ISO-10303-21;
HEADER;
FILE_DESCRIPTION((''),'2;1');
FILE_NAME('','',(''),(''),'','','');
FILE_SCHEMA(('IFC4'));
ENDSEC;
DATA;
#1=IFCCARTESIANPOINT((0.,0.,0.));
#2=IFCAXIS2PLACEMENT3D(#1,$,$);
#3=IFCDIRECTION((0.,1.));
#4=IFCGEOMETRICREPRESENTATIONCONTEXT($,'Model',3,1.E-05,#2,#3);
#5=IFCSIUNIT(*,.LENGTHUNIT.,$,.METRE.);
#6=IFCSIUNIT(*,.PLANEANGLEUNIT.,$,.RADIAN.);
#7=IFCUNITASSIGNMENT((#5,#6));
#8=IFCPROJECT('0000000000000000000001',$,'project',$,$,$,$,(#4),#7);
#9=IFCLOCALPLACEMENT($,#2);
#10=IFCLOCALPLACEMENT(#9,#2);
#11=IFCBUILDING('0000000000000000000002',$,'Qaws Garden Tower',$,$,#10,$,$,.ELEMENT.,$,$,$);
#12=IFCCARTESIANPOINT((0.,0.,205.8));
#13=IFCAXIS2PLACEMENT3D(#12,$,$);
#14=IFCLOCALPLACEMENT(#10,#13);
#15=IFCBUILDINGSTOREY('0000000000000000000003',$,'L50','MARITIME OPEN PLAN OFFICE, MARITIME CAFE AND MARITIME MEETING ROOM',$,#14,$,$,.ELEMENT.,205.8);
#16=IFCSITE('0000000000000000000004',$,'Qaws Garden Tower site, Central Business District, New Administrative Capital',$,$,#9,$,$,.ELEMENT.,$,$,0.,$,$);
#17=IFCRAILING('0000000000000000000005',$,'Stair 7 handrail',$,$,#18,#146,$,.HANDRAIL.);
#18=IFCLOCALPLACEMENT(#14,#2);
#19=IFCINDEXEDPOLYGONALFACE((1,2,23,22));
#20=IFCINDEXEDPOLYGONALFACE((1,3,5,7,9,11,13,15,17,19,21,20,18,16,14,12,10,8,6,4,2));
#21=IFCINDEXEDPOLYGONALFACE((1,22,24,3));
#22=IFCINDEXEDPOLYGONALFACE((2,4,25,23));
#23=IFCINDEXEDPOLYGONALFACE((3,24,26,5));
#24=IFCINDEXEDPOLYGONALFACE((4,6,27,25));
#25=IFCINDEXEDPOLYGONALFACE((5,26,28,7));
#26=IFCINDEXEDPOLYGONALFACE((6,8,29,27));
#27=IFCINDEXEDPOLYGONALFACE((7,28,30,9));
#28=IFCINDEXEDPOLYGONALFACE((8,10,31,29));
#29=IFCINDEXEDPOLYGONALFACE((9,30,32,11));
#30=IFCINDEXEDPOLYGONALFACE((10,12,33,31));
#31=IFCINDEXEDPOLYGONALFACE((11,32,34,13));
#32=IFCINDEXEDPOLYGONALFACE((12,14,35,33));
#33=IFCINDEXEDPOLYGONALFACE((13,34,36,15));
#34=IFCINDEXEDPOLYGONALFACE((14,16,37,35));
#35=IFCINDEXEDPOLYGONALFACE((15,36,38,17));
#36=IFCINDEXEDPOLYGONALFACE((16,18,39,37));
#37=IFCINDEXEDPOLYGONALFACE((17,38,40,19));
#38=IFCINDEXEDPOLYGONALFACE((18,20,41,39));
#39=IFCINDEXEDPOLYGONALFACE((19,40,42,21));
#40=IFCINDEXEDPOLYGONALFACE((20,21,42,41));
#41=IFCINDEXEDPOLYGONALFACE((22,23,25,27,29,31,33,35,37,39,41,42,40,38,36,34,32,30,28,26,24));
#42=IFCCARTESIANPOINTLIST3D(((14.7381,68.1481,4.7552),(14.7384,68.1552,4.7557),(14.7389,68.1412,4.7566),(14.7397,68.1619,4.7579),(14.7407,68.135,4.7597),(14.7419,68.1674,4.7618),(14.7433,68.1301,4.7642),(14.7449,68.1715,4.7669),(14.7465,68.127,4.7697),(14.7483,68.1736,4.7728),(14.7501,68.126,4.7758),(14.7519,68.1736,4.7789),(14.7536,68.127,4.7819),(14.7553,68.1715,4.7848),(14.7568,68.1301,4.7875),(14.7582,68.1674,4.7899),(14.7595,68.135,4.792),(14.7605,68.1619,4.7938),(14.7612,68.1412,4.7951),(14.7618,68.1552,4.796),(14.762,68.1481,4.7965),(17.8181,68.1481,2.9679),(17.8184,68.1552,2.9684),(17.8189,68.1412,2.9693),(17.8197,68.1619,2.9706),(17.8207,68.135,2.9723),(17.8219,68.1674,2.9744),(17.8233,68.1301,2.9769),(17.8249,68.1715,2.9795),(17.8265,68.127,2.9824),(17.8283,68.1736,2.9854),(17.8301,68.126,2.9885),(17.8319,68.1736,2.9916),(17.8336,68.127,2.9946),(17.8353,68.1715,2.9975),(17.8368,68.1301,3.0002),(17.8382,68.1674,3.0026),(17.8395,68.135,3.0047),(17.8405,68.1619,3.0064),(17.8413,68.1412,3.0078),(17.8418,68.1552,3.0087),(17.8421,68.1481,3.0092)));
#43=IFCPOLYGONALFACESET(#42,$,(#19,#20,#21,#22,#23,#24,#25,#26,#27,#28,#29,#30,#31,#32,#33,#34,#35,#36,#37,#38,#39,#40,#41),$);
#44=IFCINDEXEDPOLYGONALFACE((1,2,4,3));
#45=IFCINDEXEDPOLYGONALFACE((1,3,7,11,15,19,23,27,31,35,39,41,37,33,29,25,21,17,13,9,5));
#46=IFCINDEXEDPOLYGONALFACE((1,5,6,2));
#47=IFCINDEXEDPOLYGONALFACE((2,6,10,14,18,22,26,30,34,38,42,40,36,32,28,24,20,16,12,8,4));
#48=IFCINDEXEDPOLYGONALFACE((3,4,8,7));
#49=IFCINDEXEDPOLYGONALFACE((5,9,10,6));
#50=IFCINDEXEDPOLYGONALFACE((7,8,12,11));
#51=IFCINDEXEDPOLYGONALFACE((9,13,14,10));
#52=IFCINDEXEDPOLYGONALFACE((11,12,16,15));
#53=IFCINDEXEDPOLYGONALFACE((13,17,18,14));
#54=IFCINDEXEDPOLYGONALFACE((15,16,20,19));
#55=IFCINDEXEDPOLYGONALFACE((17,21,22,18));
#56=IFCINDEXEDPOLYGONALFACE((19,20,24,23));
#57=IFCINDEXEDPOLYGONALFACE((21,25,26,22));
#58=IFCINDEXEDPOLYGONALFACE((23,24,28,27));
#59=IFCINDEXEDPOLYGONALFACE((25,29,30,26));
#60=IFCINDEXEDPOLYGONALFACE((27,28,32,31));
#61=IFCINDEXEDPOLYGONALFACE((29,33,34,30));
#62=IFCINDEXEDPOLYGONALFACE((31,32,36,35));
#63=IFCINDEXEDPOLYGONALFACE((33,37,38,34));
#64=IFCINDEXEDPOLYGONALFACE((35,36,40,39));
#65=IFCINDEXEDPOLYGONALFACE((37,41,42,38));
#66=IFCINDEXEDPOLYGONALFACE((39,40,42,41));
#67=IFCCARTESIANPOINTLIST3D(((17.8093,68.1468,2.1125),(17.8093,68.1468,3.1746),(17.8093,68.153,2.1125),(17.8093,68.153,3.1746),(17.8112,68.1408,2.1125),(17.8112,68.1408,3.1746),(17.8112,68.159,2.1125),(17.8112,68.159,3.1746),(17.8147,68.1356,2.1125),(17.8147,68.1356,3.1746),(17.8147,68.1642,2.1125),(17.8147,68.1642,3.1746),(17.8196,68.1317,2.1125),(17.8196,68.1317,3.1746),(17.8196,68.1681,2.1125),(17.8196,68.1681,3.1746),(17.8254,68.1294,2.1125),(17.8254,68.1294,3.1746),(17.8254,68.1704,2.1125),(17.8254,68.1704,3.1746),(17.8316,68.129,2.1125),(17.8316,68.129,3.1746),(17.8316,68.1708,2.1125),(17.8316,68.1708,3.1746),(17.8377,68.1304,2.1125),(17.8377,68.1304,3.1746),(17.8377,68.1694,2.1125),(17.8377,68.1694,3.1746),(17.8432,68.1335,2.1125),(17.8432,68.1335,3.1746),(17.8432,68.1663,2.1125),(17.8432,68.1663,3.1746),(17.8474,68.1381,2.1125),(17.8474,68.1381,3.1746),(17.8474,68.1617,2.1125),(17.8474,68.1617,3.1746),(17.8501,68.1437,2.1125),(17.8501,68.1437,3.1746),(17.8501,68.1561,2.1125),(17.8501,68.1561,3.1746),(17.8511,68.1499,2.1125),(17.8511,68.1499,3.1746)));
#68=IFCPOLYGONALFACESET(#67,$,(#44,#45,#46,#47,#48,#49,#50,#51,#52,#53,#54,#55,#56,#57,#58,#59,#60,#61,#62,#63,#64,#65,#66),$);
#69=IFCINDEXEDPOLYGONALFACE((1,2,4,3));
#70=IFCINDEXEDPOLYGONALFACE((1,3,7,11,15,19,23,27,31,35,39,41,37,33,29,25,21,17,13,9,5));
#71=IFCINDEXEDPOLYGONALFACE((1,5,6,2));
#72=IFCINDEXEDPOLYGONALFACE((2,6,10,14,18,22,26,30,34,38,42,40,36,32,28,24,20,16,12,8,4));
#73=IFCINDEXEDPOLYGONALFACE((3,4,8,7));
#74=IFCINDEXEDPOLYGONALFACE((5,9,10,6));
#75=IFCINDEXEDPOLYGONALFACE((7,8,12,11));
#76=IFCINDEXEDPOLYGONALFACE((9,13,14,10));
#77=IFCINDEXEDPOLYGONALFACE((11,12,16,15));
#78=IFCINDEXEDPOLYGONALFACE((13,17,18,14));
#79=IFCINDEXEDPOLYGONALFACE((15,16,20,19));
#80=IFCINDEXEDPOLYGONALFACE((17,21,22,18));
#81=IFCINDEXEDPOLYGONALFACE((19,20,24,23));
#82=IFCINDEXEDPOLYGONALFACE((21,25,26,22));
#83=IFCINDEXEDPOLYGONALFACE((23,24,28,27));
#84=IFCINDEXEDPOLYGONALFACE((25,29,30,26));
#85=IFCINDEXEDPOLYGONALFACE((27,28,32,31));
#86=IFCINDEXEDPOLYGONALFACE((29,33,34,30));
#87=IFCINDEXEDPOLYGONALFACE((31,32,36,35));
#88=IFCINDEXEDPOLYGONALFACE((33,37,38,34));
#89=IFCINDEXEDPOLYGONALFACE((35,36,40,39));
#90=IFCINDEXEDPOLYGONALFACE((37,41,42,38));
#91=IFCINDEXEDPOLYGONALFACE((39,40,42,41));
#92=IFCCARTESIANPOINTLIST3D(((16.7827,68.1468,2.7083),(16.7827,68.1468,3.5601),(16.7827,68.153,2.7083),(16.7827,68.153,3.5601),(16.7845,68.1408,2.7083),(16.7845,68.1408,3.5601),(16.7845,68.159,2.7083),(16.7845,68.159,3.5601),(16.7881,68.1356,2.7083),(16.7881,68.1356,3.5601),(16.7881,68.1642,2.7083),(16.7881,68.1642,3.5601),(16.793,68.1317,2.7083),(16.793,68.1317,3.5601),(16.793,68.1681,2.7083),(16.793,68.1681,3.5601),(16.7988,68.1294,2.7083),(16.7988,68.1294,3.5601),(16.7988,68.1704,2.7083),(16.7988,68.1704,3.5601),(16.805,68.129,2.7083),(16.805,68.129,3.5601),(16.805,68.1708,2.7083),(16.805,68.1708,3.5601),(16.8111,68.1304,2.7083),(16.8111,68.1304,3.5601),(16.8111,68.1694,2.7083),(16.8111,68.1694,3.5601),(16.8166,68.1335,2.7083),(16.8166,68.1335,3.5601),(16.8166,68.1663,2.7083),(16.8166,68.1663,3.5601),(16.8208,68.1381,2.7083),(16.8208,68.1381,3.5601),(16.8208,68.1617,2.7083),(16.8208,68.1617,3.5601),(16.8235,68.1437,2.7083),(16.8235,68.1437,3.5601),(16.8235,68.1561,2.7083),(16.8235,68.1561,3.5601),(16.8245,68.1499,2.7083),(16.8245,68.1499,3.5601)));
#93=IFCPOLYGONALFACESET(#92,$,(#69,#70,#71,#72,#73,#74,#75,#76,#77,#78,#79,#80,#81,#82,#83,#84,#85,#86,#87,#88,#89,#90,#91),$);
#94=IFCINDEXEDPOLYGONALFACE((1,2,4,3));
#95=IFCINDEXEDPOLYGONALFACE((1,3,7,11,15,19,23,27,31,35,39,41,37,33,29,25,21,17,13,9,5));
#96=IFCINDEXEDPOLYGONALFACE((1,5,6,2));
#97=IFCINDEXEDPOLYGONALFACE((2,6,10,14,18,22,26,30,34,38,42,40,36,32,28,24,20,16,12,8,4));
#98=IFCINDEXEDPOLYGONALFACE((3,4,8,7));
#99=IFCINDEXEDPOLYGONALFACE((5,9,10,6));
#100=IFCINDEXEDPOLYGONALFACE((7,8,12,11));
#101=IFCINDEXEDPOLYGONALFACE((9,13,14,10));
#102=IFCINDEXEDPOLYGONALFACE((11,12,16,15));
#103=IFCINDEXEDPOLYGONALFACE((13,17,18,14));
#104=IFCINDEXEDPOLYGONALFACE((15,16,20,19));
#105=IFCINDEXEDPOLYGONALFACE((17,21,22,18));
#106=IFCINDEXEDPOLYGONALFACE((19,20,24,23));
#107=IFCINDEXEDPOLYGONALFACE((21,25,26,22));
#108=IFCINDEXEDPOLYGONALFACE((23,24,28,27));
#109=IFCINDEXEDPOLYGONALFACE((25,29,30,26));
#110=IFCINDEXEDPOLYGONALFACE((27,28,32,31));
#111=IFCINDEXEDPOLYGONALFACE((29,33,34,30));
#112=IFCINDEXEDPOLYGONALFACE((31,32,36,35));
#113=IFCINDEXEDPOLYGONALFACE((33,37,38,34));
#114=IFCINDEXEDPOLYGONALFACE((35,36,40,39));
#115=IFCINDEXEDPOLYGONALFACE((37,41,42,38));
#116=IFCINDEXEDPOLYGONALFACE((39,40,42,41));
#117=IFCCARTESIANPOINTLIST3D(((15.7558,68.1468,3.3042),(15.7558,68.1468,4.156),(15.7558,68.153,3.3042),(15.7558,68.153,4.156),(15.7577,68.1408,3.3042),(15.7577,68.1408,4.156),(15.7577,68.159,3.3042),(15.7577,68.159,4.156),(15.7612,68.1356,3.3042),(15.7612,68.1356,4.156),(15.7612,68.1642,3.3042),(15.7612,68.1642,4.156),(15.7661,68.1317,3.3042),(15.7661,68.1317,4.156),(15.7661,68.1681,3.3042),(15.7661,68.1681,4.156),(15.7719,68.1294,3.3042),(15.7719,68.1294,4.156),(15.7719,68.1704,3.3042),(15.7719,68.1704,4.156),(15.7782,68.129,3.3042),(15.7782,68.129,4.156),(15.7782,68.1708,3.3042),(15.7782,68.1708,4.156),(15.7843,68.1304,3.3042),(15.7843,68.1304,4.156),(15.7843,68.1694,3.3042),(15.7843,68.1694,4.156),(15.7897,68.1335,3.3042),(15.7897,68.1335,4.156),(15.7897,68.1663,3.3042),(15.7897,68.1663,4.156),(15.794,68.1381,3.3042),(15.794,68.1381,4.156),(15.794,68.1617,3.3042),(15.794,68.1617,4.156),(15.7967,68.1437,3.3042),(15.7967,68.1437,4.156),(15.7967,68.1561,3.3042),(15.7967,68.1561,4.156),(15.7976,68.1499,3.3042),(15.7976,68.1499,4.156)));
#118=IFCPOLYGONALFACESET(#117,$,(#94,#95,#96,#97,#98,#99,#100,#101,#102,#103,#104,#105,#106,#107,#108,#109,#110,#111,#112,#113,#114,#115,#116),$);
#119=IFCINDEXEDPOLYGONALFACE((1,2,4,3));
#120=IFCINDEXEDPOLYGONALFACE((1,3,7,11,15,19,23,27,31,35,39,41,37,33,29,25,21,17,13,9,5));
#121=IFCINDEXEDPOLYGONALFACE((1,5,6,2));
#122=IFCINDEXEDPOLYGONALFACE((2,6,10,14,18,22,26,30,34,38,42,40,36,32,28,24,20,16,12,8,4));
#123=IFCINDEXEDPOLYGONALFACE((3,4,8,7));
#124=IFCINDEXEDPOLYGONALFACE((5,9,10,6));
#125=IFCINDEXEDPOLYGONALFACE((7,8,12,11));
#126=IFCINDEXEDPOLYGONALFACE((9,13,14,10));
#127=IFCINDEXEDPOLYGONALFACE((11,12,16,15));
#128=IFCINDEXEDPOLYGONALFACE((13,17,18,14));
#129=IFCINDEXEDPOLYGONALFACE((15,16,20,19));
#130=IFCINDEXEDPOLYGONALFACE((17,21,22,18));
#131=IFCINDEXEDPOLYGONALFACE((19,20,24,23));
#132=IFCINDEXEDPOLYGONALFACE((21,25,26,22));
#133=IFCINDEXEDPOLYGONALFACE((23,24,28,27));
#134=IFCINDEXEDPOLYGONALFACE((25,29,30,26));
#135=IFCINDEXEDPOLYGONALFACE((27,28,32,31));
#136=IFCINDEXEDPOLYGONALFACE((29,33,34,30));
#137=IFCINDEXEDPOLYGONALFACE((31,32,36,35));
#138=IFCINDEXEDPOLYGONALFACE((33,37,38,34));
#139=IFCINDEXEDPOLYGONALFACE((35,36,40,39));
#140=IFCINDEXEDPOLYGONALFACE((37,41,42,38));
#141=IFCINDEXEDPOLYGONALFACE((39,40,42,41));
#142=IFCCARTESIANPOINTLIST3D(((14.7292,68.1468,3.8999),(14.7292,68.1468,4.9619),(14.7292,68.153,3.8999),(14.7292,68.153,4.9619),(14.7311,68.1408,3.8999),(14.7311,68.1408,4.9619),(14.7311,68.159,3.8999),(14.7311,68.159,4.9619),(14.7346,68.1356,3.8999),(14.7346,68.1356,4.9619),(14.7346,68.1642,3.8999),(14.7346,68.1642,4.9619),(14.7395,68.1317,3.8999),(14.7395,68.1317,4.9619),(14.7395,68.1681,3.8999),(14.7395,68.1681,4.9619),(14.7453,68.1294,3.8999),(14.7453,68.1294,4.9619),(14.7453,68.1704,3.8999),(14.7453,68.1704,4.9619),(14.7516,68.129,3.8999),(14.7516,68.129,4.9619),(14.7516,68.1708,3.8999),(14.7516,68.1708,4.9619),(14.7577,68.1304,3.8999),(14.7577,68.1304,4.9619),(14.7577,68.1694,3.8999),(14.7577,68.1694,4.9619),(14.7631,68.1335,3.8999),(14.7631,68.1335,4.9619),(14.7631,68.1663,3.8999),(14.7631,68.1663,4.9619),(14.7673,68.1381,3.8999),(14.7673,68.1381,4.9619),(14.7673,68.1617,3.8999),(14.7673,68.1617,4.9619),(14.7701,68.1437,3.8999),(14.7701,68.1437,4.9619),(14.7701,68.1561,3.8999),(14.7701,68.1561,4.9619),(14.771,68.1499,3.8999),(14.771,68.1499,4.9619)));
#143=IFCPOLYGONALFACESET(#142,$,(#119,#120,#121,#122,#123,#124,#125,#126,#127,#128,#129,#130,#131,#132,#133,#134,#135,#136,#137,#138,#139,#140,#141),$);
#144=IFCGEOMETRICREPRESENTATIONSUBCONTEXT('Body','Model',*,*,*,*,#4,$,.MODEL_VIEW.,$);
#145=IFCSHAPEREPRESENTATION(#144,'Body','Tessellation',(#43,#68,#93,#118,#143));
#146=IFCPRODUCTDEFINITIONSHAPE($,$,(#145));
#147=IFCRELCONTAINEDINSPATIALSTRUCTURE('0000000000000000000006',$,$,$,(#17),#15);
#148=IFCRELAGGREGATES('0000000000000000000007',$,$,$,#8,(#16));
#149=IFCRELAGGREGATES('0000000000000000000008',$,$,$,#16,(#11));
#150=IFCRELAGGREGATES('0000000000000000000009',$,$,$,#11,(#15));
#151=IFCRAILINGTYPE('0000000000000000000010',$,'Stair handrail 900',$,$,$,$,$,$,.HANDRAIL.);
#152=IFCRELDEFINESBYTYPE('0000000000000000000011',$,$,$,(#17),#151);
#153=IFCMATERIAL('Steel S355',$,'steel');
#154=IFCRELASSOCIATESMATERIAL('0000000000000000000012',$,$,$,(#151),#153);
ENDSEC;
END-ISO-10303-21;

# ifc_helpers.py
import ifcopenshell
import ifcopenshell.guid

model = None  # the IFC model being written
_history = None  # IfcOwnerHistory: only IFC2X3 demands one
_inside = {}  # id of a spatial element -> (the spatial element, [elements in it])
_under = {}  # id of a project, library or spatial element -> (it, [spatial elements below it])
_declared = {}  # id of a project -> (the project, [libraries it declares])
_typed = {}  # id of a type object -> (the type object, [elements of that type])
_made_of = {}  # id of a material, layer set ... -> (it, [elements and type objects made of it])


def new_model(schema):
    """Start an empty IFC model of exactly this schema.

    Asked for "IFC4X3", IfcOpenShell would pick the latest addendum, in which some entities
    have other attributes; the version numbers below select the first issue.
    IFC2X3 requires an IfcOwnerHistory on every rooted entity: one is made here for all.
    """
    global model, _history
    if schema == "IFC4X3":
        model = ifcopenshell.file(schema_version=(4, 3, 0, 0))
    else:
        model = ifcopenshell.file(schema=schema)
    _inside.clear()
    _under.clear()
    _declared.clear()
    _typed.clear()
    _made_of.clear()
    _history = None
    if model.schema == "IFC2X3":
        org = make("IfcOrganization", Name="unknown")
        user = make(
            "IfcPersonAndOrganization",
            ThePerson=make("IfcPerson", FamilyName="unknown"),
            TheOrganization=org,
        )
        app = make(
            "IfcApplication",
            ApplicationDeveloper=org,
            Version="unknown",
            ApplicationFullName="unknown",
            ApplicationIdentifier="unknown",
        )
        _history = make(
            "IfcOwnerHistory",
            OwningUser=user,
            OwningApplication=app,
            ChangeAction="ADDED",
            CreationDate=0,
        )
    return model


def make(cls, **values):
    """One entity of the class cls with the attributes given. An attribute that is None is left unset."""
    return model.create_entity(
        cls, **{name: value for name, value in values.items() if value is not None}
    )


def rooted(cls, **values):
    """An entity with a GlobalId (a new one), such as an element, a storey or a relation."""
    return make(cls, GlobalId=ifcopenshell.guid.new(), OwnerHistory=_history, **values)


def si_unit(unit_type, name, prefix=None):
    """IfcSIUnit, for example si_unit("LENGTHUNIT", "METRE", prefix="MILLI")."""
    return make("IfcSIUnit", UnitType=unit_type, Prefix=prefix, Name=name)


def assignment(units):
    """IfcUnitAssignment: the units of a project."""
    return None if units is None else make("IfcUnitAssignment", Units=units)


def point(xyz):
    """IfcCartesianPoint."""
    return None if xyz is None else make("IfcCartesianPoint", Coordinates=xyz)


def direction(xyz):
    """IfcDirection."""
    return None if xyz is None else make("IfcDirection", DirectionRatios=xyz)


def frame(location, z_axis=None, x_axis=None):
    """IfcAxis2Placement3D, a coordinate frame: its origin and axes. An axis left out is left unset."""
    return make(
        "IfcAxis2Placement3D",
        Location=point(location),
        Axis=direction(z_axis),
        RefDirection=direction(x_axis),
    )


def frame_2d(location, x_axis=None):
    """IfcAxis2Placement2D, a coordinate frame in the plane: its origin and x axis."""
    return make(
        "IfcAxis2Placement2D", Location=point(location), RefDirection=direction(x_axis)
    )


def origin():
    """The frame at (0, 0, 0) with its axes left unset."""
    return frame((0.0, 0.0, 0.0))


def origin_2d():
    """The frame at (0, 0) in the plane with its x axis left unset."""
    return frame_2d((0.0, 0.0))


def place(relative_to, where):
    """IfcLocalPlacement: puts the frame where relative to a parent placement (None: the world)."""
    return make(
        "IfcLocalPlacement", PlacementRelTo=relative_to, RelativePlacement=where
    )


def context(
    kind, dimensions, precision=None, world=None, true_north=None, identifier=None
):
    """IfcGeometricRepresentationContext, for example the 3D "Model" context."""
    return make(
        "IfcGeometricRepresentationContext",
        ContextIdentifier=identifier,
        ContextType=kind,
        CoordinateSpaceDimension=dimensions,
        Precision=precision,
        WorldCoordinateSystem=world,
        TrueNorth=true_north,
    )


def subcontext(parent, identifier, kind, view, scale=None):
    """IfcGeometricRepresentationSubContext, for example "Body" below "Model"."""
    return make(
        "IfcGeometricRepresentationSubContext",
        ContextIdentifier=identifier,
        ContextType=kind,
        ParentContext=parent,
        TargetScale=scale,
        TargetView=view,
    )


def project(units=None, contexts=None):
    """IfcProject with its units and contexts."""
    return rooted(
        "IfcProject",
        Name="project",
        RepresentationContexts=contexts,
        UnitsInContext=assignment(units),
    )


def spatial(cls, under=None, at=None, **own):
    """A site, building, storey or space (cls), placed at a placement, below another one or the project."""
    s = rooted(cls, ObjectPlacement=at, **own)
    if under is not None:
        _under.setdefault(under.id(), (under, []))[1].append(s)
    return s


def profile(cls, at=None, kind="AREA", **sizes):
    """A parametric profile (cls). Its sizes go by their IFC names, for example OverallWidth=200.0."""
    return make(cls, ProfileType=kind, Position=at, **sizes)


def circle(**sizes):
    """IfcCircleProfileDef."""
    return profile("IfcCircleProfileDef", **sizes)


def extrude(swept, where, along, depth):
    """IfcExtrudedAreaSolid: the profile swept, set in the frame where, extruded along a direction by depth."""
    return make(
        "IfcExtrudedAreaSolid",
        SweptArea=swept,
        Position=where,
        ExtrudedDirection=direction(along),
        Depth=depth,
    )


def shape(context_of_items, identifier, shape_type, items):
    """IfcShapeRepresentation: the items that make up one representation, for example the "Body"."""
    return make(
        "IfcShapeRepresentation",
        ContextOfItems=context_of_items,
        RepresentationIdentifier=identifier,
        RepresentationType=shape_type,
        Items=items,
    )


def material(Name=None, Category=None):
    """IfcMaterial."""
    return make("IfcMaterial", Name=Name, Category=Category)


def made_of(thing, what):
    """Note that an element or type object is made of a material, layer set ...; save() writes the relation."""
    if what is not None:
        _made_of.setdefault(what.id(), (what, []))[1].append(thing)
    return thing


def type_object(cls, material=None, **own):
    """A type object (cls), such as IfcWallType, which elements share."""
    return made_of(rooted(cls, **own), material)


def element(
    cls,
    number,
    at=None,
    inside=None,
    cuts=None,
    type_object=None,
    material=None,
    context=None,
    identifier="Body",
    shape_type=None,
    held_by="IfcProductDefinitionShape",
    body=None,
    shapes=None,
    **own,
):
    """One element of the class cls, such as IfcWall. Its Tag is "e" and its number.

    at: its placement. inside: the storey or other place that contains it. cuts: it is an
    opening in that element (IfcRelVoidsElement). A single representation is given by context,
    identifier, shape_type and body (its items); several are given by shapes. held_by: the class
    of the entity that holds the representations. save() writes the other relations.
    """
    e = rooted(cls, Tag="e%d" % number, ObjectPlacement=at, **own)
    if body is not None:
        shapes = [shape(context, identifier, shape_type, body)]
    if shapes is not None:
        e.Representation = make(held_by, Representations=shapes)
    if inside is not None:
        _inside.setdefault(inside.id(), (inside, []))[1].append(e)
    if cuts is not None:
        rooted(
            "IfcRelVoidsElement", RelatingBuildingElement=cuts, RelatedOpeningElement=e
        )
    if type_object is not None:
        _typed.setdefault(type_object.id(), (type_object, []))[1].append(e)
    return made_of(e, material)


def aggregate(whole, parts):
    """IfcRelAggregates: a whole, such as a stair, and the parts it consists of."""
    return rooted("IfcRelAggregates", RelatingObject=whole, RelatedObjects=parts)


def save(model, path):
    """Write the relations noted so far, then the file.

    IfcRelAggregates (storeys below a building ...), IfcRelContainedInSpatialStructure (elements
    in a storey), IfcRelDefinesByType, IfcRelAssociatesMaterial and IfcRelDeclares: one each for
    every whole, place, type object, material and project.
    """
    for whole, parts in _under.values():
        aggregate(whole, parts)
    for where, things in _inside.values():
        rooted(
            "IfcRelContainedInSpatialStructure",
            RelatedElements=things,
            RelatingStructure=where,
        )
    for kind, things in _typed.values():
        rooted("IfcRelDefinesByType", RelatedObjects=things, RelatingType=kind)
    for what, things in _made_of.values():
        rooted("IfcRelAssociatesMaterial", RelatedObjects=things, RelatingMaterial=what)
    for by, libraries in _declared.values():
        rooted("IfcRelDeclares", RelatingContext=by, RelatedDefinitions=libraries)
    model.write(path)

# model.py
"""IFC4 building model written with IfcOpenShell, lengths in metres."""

from ifc_helpers import new_model, si_unit, direction, frame, origin, origin_2d, place, context, subcontext, project, spatial, circle, extrude, material, type_object, element, save


model = new_model("IFC4")

# Units and contexts
model_context = context("Model", 3, precision=1e-05, world=origin(), true_north=direction((0.0, 1.0)))
body_context = subcontext(model_context, "Body", "Model", "MODEL_VIEW")
ifc_project = project(units=[si_unit("LENGTHUNIT", "METRE"), si_unit("PLANEANGLEUNIT", "RADIAN")], contexts=[model_context])

# Site, building, storey
site_placement = place(None, origin())
site = spatial("IfcSite", under=ifc_project, at=site_placement, Name="Qaws Garden Tower site, Central Business District, New Administrative Capital", CompositionType="ELEMENT", RefElevation=0.0)
building_placement = place(site_placement, origin())
building = spatial("IfcBuilding", under=site, at=building_placement, Name="Qaws Garden Tower", CompositionType="ELEMENT")
storey_placement = place(building_placement, frame((0.0, 0.0, 205.8)))
storey = spatial("IfcBuildingStorey", under=building, at=storey_placement, Name="L50", Description="MARITIME OPEN PLAN OFFICE, MARITIME CAFE AND MARITIME MEETING ROOM", CompositionType="ELEMENT", Elevation=205.8)

# Railing
ifc_material_1 = material(Name="Steel S355", Category="steel")
railing_type = type_object("IfcRailingType", Name="Stair handrail 900", PredefinedType="HANDRAIL", material=ifc_material_1)
railing_1_placement = place(storey_placement, frame((17.8301, 68.1499, 2.1125)))
element("IfcRailing", 1, at=railing_1_placement, inside=storey, type_object=railing_type, Name="Stair 7 handrail", PredefinedType="HANDRAIL", context=body_context, shape_type="SweptSolid", body=[
    extrude(circle(Radius=0.0239, at=origin_2d()), frame((0.0, 0.0, 0.876), z_axis=(-0.86492, 0.0, 0.501909), x_axis=(0.0, -1.0, 0.0)), (0.0, 0.0, 1.0), 3.561),
    extrude(circle(Radius=0.021, at=origin_2d()), origin(), (0.0, 0.0, 1.0), 1.062),
    extrude(circle(Radius=0.021, at=origin_2d()), frame((-1.0266, 0.0, 0.5957)), (0.0, 0.0, 1.0), 0.8518),
    extrude(circle(Radius=0.021, at=origin_2d()), frame((-2.0535, 0.0, 1.1917)), (0.0, 0.0, 1.0), 0.8518),
    extrude(circle(Radius=0.021, at=origin_2d()), frame((-3.0801, 0.0, 1.7874)), (0.0, 0.0, 1.0), 1.062),
])

save(model, "model.ifc")
